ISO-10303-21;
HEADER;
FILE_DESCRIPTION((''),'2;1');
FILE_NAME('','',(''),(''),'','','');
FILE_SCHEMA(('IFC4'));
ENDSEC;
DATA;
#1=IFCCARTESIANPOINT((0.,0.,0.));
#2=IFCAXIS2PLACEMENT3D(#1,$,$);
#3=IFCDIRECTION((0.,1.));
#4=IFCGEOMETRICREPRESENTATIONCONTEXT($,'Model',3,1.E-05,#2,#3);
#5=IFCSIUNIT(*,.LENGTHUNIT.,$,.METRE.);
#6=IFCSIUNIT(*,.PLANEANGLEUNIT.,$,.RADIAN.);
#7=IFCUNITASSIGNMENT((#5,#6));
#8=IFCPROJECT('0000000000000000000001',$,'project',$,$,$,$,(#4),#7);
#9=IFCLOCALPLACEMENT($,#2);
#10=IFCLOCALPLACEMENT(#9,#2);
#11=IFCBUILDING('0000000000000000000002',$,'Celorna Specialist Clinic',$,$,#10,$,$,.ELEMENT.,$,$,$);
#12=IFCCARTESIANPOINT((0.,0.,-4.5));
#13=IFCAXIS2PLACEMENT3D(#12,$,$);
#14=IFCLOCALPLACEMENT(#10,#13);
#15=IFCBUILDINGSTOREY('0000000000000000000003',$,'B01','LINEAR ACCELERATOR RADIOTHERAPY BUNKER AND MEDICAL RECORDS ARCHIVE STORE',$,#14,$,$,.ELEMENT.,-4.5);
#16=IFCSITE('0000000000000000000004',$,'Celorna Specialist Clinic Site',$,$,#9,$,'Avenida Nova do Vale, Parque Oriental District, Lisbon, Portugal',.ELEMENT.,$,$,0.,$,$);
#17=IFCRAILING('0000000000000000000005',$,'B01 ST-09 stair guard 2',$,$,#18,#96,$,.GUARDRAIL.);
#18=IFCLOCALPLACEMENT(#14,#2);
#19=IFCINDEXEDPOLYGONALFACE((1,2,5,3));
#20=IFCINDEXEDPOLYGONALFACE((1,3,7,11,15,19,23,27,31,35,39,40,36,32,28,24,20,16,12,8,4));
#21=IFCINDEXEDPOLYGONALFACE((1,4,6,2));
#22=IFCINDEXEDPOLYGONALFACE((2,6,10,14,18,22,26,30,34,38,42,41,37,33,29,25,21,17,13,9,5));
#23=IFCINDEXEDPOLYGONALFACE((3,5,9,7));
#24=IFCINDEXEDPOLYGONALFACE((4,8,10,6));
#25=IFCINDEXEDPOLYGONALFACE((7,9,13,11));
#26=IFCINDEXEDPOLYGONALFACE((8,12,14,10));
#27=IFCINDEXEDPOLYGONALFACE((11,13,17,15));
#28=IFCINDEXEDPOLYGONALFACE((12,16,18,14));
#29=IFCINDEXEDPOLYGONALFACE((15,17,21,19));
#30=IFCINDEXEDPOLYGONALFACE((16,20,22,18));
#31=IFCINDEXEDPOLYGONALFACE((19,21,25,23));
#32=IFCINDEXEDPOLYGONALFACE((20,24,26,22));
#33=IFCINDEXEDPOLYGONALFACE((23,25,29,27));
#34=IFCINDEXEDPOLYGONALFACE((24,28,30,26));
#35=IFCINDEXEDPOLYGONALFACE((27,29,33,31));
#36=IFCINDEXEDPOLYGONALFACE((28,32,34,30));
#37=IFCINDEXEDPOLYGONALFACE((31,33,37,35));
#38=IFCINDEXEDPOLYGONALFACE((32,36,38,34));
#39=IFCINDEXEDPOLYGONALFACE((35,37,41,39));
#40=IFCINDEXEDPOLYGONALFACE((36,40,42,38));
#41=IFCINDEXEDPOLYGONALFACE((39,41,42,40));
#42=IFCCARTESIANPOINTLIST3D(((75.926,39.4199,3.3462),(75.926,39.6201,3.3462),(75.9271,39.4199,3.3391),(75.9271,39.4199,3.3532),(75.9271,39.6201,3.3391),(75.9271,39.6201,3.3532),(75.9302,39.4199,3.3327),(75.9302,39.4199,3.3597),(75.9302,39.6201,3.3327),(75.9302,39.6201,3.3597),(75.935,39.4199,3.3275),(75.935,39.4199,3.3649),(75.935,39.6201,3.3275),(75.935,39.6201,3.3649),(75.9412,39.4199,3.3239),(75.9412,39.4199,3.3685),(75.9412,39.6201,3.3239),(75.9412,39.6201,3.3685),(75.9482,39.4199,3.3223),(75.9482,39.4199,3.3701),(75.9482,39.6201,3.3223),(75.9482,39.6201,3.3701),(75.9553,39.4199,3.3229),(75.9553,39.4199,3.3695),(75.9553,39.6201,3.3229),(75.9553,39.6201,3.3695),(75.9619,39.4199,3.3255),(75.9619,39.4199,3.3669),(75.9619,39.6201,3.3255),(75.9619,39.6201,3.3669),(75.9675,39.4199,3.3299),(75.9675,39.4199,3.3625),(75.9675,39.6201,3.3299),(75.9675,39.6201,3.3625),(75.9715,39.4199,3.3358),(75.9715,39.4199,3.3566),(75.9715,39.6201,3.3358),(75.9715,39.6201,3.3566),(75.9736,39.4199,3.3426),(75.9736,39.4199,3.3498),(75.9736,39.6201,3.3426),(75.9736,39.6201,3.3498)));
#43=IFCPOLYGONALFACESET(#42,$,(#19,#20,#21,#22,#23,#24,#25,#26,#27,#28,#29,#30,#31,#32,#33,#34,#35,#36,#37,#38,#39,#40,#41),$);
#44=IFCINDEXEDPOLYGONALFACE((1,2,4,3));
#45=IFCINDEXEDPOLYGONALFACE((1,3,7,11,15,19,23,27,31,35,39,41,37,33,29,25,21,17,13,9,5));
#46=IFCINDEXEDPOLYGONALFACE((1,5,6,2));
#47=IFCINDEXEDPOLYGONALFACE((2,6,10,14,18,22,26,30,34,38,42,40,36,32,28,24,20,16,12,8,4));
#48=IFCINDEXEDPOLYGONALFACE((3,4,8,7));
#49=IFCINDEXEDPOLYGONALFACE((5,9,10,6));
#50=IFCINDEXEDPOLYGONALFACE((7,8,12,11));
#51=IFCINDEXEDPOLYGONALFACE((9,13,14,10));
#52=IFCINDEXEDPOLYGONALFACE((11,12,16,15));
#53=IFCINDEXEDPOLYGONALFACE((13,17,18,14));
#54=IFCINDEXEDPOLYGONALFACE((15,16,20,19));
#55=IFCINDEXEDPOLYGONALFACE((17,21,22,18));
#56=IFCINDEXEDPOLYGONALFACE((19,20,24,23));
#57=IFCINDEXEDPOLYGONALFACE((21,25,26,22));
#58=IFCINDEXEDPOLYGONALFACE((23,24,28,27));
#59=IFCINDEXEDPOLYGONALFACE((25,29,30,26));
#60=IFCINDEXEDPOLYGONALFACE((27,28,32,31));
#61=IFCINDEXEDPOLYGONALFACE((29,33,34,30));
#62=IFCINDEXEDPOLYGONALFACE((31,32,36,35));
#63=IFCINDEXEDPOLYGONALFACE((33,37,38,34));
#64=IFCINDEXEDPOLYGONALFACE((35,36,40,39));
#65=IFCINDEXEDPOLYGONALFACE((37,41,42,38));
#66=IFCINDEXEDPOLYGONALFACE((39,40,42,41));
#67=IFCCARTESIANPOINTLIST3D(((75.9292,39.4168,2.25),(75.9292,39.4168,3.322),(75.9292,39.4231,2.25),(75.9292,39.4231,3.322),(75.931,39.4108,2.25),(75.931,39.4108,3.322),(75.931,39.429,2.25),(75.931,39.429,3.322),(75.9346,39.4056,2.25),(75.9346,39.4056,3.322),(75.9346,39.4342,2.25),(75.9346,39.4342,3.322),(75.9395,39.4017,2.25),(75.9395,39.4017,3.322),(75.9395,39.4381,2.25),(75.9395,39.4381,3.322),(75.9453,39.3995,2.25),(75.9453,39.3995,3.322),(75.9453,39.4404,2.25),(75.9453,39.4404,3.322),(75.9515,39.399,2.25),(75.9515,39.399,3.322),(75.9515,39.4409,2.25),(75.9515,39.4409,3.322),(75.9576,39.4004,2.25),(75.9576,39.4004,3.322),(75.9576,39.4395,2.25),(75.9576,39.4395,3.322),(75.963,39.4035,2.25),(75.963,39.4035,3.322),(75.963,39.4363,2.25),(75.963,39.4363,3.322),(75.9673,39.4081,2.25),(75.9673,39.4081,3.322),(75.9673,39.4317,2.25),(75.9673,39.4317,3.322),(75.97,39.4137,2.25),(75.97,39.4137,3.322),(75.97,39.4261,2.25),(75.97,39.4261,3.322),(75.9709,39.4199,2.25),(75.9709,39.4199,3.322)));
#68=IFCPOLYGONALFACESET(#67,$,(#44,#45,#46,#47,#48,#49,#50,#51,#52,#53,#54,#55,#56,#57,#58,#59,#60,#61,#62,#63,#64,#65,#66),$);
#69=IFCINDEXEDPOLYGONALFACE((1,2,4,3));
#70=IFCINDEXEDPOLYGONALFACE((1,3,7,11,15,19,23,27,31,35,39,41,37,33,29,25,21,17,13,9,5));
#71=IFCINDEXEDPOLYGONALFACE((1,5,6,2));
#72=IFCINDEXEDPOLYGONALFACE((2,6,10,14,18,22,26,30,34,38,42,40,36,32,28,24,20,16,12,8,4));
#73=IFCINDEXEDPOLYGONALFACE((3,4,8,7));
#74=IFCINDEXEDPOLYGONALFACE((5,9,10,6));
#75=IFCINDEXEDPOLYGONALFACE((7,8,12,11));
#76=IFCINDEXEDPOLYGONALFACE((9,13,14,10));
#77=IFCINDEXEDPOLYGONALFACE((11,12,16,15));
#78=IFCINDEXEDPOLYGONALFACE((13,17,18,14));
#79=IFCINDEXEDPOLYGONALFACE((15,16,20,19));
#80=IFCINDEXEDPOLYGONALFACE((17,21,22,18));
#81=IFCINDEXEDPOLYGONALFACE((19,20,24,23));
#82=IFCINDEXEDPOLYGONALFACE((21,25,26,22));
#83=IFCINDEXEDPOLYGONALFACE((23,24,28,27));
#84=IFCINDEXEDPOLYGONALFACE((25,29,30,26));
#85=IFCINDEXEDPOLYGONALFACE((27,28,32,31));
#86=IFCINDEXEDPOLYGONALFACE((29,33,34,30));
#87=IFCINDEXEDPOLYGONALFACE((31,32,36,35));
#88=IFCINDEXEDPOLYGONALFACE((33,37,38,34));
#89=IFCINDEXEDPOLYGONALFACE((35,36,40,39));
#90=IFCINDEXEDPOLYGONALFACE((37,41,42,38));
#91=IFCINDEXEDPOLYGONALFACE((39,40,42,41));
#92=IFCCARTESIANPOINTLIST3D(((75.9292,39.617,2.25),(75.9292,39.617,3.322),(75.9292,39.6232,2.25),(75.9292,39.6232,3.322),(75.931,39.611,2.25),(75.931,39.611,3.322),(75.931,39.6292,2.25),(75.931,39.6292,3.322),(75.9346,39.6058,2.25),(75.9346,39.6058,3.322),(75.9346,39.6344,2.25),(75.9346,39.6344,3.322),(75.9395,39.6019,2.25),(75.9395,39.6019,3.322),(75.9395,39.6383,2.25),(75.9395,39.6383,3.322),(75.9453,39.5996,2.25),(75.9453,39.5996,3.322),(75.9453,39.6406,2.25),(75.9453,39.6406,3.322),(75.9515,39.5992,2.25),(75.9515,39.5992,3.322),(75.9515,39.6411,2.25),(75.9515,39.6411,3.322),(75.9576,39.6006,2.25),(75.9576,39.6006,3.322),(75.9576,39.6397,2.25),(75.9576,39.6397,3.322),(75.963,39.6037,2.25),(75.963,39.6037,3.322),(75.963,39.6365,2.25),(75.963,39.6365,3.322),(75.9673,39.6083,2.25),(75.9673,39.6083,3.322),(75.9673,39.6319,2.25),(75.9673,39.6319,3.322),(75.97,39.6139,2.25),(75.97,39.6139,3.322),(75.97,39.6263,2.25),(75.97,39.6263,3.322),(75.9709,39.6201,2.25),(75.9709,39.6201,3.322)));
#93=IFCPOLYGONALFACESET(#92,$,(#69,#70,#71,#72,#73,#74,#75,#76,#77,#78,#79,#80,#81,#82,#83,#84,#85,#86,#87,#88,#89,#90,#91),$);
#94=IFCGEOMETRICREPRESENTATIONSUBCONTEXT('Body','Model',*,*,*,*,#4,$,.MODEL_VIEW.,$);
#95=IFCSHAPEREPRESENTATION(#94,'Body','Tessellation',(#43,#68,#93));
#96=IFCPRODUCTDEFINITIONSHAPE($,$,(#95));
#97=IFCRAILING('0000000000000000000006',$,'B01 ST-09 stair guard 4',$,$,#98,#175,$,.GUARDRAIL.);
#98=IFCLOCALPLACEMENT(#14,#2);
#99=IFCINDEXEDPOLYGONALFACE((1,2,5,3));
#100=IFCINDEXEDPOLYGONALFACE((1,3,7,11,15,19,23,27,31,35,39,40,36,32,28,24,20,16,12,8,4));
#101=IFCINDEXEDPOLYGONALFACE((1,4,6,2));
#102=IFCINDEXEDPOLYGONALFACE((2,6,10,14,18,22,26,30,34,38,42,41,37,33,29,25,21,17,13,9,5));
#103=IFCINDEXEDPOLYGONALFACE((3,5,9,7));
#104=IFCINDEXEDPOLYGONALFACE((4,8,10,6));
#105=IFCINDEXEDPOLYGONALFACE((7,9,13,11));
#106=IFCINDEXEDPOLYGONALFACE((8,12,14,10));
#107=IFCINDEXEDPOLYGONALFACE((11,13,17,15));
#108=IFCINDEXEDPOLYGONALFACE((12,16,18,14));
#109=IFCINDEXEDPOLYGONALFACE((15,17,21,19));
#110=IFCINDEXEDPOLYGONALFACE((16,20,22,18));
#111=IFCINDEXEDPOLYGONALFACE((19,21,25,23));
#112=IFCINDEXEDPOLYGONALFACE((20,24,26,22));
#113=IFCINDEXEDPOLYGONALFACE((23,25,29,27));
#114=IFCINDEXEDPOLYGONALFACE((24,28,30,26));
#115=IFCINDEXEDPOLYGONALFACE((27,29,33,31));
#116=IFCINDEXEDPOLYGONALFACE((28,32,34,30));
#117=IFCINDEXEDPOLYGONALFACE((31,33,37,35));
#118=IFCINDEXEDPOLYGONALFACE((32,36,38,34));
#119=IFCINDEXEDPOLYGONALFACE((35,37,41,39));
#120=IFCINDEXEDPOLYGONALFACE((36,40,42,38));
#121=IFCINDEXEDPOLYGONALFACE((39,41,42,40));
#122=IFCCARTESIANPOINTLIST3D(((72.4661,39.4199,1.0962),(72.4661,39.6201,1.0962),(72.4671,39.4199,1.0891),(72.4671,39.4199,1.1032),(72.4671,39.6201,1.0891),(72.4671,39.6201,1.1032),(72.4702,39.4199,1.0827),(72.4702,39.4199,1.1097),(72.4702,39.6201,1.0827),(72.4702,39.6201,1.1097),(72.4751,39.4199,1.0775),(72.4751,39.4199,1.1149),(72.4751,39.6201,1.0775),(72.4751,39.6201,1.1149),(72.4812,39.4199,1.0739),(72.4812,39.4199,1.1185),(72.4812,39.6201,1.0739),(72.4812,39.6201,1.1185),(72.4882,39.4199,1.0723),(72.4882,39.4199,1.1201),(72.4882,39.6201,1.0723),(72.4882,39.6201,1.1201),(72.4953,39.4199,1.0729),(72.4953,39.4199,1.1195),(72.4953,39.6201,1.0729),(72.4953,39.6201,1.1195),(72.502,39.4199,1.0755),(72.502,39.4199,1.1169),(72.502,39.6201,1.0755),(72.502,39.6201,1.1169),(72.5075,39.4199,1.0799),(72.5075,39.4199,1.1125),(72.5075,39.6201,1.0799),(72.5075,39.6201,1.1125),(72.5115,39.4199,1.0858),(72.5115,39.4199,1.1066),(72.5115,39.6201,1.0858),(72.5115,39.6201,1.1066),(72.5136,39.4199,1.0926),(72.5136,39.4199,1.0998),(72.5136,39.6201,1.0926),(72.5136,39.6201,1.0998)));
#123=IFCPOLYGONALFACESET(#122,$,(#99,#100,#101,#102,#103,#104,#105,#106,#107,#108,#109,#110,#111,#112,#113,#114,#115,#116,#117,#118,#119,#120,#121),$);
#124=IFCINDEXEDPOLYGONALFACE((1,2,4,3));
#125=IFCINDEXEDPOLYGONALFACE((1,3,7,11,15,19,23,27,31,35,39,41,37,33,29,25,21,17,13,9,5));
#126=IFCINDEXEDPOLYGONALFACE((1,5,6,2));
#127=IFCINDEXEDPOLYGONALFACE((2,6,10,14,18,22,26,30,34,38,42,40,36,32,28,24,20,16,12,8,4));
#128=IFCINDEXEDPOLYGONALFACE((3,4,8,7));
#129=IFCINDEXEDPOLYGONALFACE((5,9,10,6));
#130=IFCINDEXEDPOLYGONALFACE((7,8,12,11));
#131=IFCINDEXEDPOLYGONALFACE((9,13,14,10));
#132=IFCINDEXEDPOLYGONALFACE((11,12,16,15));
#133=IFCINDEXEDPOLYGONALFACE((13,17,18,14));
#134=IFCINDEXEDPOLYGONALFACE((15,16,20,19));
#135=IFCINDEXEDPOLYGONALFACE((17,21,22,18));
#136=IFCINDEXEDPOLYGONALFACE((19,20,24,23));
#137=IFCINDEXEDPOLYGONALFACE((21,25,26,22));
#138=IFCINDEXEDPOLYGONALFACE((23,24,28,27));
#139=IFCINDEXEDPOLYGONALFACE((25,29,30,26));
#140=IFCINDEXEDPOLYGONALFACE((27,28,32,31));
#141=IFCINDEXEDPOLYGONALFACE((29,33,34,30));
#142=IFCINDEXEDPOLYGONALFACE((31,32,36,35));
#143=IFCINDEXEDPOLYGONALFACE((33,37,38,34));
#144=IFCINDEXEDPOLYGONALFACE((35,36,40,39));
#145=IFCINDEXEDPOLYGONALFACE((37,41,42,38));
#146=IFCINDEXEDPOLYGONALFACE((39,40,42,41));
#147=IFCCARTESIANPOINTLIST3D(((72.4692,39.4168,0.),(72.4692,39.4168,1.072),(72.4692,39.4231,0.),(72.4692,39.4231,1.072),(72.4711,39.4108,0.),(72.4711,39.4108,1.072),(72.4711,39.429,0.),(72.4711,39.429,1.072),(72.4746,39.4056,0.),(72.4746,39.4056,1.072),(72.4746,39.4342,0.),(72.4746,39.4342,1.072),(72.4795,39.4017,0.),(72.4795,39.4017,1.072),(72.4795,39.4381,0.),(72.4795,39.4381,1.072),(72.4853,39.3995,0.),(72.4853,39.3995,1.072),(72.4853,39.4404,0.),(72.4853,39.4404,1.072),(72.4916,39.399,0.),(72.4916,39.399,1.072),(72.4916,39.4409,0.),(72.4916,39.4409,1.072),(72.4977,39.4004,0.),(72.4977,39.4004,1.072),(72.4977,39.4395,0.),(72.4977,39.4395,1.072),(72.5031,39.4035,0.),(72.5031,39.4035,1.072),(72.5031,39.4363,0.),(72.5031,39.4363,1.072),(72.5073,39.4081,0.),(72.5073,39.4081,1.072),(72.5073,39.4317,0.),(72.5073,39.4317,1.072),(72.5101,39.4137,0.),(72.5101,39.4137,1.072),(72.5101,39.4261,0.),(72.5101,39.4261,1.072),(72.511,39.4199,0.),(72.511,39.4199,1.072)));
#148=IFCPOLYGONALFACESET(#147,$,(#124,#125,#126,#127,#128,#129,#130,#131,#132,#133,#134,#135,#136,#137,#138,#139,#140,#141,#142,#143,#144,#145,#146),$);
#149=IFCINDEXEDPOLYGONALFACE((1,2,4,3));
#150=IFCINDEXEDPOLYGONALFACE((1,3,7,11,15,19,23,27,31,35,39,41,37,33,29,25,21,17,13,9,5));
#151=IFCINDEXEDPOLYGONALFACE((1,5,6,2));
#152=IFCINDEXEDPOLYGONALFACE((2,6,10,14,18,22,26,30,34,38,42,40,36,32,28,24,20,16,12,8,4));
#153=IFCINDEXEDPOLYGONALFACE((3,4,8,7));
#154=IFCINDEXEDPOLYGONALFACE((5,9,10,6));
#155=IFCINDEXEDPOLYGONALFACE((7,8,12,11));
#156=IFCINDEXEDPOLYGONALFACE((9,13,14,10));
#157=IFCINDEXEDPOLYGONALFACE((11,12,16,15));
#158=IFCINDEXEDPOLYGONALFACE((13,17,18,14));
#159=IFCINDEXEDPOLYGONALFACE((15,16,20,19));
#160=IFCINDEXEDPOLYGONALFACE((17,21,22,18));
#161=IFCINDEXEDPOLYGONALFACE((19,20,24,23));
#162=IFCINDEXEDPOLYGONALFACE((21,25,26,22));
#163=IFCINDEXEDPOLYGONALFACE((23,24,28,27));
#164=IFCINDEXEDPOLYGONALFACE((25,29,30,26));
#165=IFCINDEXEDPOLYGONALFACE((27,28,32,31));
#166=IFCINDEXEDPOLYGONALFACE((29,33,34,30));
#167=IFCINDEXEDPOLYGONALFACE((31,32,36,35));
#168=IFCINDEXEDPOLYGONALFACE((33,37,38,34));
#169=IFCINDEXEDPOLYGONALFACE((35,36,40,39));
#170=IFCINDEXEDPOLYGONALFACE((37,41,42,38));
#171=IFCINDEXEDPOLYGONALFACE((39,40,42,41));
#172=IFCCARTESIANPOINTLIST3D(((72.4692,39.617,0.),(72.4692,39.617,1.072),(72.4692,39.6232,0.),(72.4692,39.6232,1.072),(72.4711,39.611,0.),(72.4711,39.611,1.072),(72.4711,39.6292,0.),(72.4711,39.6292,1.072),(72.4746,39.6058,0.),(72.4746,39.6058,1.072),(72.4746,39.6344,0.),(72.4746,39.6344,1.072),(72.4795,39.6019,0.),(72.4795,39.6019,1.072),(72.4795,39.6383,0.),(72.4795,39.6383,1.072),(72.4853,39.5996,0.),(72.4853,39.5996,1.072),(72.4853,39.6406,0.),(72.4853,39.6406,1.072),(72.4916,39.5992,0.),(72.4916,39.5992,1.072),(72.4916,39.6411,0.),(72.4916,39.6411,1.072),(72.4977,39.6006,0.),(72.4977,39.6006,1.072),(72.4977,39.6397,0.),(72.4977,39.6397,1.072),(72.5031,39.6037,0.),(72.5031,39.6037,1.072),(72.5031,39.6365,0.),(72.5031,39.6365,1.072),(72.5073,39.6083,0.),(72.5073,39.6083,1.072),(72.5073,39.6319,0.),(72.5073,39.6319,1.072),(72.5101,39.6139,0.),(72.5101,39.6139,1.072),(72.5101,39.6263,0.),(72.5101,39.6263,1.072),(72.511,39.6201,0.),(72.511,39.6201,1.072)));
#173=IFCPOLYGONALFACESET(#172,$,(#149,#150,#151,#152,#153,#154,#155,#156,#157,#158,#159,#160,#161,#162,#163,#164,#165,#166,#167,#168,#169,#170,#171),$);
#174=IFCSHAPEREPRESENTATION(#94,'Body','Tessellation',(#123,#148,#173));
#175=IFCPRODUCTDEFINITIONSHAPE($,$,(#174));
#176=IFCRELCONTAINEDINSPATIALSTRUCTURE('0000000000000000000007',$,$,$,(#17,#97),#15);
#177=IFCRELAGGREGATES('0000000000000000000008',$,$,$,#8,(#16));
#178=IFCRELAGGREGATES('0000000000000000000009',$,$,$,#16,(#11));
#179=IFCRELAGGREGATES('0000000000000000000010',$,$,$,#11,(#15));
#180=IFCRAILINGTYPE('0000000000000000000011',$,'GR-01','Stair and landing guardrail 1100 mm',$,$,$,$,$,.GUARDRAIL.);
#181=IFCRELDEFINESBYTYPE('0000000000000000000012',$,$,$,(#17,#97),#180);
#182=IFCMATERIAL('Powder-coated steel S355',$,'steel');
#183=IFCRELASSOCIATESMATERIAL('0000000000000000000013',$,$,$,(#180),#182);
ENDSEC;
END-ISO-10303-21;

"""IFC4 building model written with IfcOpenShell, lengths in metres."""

from ifc_helpers import new_model, si_unit, direction, frame, origin, origin_2d, place, context, subcontext, project, spatial, circle, extrude, material, type_object, element, save


model = new_model("IFC4")

# Units and contexts
model_context = context("Model", 3, precision=1e-05, world=origin(), true_north=direction((0.0, 1.0)))
body_context = subcontext(model_context, "Body", "Model", "MODEL_VIEW")
ifc_project = project(units=[si_unit("LENGTHUNIT", "METRE"), si_unit("PLANEANGLEUNIT", "RADIAN")], contexts=[model_context])

# Site, building, storey
site_placement = place(None, origin())
site = spatial("IfcSite", under=ifc_project, at=site_placement, Name="Celorna Specialist Clinic Site", LongName="Avenida Nova do Vale, Parque Oriental District, Lisbon, Portugal", CompositionType="ELEMENT", RefElevation=0.0)
building_placement = place(site_placement, origin())
building = spatial("IfcBuilding", under=site, at=building_placement, Name="Celorna Specialist Clinic", CompositionType="ELEMENT")
storey_placement = place(building_placement, frame((0.0, 0.0, -4.5)))
storey = spatial("IfcBuildingStorey", under=building, at=storey_placement, Name="B01", Description="LINEAR ACCELERATOR RADIOTHERAPY BUNKER AND MEDICAL RECORDS ARCHIVE STORE", CompositionType="ELEMENT", Elevation=-4.5)

# Railings
ifc_material_1 = material(Name="Powder-coated steel S355", Category="steel")
railing_type_1 = type_object("IfcRailingType", Name="GR-01", Description="Stair and landing guardrail 1100 mm", PredefinedType="GUARDRAIL", material=ifc_material_1)
for number, where, name in (
    (1, (75.95, 39.4199, 2.25), "B01 ST-09 stair guard 2"),
    (2, (72.49, 39.4199, 0.0), "B01 ST-09 stair guard 4"),
):
    element("IfcRailing", number, at=place(storey_placement, frame(where)), inside=storey, type_object=railing_type_1, Name=name, PredefinedType="GUARDRAIL", context=body_context, shape_type="SweptSolid", body=[
        extrude(circle(Radius=0.0239, at=origin_2d()), frame((0.0, 0.0, 1.0962), z_axis=(0.0, 1.0, 0.0), x_axis=(-1.0, 0.0, 0.0)), (0.0, 0.0, 1.0), 0.2002),
        extrude(circle(Radius=0.021, at=origin_2d()), origin(), (0.0, 0.0, 1.0), 1.072),
        extrude(circle(Radius=0.021, at=origin_2d()), frame((0.0, 0.2002, 0.0)), (0.0, 0.0, 1.0), 1.072),
    ])

save(model, "model.ifc")
